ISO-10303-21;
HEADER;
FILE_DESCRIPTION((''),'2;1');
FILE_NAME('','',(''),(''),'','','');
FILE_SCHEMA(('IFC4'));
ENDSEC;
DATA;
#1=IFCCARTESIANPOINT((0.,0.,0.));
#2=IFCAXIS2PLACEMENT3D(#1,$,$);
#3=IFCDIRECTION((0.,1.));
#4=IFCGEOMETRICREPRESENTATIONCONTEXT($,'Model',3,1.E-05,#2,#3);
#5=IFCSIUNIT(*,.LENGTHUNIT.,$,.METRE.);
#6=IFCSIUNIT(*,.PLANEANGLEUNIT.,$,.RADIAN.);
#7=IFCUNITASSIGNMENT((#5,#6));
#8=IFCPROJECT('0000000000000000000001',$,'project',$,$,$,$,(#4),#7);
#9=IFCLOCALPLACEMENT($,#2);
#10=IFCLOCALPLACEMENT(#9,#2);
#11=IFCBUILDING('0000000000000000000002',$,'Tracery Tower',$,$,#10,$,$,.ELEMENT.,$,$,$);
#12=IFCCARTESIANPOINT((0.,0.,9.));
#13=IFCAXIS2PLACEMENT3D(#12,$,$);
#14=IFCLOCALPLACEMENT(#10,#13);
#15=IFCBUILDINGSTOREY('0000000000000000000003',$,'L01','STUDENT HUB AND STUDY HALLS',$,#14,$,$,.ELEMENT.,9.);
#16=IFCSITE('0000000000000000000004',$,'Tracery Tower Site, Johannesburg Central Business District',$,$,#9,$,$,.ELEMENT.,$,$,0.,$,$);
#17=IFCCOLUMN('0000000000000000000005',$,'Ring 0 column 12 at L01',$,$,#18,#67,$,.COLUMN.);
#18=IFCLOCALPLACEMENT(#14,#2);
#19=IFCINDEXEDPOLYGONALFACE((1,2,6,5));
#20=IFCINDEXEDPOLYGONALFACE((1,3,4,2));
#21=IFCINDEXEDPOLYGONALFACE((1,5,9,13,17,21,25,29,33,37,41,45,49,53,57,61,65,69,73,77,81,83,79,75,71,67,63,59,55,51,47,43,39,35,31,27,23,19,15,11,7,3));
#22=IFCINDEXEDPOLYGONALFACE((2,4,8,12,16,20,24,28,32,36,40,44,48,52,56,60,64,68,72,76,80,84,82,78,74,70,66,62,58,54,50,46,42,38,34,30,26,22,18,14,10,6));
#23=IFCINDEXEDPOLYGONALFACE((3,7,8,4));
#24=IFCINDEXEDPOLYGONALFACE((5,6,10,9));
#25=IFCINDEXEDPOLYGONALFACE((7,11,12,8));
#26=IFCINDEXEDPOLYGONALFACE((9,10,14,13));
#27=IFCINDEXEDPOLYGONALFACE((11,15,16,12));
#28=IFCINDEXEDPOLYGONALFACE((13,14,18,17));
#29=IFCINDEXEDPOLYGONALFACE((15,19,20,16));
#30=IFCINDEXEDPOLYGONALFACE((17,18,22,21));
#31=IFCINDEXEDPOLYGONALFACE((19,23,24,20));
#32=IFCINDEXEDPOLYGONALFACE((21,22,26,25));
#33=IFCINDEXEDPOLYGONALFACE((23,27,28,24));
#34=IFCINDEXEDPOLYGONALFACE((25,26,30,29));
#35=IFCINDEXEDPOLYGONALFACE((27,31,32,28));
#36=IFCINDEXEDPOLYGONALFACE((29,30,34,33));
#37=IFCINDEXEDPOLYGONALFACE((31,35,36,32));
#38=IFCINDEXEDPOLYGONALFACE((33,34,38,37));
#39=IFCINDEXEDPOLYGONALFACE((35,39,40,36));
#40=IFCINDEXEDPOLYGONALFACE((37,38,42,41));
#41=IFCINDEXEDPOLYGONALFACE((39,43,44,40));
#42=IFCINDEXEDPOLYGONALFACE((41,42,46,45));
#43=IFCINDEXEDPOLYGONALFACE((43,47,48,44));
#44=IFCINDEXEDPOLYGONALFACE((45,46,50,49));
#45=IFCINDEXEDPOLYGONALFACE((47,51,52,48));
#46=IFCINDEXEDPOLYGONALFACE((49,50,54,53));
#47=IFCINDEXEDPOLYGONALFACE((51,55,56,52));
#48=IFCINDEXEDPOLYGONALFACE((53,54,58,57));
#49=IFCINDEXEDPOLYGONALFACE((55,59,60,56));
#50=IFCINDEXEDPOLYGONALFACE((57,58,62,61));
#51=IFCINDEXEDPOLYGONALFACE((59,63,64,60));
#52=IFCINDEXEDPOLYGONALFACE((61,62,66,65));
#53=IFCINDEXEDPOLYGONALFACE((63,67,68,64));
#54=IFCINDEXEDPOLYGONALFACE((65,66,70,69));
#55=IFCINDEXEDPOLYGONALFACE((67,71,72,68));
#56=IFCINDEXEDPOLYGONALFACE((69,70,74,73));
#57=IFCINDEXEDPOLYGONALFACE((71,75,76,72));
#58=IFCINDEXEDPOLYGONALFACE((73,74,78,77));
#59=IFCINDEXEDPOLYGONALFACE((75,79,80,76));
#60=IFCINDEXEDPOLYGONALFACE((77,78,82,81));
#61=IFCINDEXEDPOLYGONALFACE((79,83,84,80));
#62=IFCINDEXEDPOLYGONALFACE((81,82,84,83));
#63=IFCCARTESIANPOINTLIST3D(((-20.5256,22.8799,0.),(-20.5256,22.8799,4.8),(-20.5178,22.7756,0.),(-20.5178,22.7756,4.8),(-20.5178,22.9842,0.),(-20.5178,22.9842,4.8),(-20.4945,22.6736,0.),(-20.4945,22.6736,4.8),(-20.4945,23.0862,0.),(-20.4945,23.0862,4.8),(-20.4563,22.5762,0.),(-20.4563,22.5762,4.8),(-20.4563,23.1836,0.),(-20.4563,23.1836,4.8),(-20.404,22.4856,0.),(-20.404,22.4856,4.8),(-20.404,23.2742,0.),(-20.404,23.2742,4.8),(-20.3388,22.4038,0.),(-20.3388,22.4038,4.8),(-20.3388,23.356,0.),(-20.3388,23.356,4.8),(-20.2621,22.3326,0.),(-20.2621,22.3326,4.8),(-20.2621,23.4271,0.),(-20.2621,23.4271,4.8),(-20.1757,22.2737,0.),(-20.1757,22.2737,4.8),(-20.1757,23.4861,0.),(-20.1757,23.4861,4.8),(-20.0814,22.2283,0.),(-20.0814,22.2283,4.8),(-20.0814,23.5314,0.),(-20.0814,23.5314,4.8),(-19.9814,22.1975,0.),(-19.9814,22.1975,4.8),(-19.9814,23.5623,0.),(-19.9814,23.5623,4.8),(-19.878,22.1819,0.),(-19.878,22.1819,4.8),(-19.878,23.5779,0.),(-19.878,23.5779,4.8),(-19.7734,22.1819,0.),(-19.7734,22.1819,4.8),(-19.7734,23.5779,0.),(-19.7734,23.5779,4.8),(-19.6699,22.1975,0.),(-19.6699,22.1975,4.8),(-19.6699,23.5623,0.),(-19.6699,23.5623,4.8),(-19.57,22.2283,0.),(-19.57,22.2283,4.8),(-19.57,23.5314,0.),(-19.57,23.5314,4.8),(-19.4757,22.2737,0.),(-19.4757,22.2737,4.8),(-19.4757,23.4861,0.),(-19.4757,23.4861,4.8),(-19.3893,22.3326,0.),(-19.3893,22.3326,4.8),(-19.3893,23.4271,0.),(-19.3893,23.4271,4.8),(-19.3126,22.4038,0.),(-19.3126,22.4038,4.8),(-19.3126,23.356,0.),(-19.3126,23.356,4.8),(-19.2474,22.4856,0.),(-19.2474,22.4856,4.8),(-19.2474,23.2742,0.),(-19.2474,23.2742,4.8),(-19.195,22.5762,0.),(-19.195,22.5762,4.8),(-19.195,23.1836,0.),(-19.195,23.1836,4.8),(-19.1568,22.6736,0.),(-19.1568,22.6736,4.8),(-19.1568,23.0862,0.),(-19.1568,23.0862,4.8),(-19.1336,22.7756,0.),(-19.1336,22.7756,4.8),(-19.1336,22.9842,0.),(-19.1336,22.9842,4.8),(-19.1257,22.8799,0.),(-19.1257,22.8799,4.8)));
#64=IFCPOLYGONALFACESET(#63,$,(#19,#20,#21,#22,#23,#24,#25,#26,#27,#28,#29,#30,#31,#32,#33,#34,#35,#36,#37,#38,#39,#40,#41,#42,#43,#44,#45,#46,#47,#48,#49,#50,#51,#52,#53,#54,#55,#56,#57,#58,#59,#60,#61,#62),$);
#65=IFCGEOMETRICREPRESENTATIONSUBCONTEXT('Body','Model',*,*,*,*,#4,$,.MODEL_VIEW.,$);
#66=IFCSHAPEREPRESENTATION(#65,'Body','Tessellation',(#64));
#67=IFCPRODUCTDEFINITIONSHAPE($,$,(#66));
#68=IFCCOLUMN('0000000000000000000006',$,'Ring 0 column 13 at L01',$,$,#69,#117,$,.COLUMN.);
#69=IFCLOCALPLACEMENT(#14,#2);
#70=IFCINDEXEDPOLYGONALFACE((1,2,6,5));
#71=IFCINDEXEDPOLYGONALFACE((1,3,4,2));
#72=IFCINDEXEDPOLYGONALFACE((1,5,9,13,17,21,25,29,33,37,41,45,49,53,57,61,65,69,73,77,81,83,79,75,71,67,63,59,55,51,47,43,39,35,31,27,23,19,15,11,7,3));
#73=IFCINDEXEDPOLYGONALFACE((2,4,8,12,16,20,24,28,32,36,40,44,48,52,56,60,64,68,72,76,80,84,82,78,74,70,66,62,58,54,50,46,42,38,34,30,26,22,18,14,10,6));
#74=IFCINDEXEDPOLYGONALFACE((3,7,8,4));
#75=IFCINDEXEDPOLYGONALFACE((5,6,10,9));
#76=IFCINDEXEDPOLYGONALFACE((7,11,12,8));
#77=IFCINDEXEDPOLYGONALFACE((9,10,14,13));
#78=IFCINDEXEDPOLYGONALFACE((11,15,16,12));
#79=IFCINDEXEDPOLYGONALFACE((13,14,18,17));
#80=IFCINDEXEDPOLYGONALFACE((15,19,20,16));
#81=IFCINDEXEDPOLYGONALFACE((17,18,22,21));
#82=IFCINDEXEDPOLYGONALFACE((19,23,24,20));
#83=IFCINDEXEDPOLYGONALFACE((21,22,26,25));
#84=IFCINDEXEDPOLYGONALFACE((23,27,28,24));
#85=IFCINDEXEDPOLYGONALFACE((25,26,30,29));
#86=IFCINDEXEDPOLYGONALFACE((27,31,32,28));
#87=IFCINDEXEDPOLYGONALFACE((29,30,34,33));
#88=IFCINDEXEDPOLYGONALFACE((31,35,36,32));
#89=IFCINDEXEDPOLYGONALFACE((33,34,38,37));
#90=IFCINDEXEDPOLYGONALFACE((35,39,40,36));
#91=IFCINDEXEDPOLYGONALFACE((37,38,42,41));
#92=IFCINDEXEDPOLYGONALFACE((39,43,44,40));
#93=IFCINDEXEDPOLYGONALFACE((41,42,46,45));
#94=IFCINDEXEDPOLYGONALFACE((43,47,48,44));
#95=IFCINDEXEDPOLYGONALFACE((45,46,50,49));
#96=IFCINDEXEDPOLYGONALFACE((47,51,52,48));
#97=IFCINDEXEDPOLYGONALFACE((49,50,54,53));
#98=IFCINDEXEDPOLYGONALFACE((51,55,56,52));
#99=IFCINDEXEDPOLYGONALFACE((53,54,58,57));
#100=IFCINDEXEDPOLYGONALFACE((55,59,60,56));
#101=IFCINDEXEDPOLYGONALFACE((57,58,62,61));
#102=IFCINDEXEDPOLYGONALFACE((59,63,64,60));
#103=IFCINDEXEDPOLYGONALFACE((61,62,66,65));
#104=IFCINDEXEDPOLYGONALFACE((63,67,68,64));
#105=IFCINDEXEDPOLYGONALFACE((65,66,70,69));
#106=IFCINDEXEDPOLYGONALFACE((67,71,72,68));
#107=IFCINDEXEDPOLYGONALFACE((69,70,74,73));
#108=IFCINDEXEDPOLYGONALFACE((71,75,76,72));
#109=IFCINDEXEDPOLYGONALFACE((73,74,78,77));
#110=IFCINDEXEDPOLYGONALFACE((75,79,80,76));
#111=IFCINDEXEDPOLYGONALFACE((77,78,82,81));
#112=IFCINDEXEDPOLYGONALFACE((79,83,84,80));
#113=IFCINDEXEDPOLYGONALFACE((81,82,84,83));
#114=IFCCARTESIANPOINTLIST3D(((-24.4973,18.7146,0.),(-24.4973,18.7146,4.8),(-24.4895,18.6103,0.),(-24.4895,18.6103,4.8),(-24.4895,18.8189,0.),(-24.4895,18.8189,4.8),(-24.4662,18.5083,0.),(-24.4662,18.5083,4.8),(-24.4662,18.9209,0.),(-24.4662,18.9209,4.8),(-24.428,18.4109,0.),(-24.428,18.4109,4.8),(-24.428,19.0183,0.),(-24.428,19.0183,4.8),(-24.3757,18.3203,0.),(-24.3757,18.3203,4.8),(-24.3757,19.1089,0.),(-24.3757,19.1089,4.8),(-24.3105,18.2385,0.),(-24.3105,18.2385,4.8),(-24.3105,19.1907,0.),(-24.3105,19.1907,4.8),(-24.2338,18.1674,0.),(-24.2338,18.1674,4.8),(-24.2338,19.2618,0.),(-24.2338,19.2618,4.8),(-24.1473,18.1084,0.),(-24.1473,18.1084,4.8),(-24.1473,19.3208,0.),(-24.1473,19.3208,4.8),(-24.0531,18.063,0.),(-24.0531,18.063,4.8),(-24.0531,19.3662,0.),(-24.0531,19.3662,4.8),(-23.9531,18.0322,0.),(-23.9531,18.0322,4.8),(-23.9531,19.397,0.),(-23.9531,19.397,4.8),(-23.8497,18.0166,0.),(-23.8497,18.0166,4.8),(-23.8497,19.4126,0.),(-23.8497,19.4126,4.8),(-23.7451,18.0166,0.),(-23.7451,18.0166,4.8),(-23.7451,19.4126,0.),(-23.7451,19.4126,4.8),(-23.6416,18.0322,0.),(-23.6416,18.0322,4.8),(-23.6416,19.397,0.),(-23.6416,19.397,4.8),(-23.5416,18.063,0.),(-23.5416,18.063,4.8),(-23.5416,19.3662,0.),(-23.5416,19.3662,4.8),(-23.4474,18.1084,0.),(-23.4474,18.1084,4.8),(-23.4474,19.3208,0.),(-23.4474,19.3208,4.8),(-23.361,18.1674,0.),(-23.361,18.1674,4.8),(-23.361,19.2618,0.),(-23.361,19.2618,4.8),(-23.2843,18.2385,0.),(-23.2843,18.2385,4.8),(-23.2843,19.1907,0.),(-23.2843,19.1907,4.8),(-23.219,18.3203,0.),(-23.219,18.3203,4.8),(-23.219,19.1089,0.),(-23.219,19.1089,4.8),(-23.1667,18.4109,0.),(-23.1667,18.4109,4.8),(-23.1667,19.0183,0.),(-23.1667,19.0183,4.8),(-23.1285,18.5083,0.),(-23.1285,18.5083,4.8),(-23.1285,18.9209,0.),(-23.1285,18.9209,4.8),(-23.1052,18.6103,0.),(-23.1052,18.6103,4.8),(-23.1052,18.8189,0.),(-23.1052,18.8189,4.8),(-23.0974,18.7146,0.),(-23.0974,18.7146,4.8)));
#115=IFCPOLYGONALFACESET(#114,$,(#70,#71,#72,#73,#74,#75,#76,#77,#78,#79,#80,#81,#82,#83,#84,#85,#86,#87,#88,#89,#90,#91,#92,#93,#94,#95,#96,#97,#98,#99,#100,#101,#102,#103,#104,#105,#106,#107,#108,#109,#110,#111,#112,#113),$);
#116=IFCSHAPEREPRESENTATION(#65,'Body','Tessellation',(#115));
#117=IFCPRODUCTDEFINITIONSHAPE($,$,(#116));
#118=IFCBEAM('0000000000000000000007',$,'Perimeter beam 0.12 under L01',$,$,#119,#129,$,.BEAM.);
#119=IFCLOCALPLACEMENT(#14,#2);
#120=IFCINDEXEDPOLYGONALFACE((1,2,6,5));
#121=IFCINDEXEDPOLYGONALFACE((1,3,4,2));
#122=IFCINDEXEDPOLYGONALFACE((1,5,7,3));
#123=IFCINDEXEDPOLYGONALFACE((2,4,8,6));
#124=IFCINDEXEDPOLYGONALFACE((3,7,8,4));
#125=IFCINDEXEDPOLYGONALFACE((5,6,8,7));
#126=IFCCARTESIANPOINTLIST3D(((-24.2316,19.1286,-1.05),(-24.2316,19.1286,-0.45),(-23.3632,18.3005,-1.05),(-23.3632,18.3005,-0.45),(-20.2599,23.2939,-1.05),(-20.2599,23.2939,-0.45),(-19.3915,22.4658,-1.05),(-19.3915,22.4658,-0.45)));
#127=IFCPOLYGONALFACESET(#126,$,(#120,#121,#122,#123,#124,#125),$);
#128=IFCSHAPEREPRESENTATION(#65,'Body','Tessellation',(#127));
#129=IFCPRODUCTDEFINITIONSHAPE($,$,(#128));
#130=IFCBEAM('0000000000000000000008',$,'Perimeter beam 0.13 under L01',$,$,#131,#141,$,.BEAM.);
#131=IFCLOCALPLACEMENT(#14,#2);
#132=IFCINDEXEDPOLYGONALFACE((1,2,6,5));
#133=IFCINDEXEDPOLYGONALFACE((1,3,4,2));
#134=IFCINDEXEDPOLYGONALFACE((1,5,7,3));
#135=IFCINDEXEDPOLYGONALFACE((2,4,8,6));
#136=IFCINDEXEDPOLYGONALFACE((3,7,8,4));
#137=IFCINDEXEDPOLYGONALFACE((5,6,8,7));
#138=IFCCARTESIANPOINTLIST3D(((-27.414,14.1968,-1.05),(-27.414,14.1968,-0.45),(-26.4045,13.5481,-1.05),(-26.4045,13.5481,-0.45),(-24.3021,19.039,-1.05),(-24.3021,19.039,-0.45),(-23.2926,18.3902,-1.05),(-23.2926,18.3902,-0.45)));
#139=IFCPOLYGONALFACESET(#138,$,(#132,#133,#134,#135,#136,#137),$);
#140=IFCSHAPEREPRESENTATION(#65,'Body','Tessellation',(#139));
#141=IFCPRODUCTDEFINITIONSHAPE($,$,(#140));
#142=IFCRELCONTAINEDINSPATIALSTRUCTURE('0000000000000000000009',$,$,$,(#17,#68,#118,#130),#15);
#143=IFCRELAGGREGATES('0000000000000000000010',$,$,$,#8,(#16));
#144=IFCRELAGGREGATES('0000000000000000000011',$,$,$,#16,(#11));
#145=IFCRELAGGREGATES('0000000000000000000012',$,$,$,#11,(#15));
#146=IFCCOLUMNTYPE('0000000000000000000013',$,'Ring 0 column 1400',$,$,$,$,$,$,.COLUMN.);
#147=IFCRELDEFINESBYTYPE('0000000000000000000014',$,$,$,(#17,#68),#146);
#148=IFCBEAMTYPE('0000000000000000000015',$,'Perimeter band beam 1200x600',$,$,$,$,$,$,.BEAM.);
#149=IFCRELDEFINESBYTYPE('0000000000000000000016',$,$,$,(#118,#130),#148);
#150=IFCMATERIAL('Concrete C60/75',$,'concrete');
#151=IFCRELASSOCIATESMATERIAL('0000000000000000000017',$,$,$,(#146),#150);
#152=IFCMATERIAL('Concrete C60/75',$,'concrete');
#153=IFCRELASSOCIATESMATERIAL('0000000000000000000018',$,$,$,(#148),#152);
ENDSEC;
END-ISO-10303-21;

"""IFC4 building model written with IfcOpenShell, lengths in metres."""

from ifc_helpers import new_model, si_unit, direction, frame, origin, origin_2d, place, context, subcontext, project, spatial, rectangle, circle, extrude, material, material_profile, profile_set, type_object, element, save


model = new_model("IFC4")

# Units and contexts
model_context = context("Model", 3, precision=1e-05, world=origin(), true_north=direction((0.0, 1.0)))
body_context = subcontext(model_context, "Body", "Model", "MODEL_VIEW")
ifc_project = project(units=[si_unit("LENGTHUNIT", "METRE"), si_unit("PLANEANGLEUNIT", "RADIAN")], contexts=[model_context])

# Site, building, storey
site_placement = place(None, origin())
site = spatial("IfcSite", under=ifc_project, at=site_placement, Name="Tracery Tower Site, Johannesburg Central Business District", CompositionType="ELEMENT", RefElevation=0.0)
building_placement = place(site_placement, origin())
building = spatial("IfcBuilding", under=site, at=building_placement, Name="Tracery Tower", CompositionType="ELEMENT")
storey_placement = place(building_placement, frame((0.0, 0.0, 9.0)))
storey = spatial("IfcBuildingStorey", under=building, at=storey_placement, Name="L01", Description="STUDENT HUB AND STUDY HALLS", CompositionType="ELEMENT", Elevation=9.0)

# Columns
ifc_material_1 = material(Name="Concrete C60/75", Category="concrete")
ifc_material_profile_1 = material_profile(ifc_material_1, circle(Radius=0.7, at=origin_2d()), Name="RC D1400")
ifc_profile_set_1 = profile_set([ifc_material_profile_1], Name="Concrete C60/75")
column_type = type_object("IfcColumnType", Name="Ring 0 column 1400", PredefinedType="COLUMN", material=ifc_profile_set_1)
for number, where, z_axis, x_axis, name in (
    (1, (-19.8257, 22.8799, 0.0), (0.0, 0.0, 1.0), (1.0, 0.0, 0.0), "Ring 0 column 12 at L01"),
    (2, (-23.7974, 18.7146, 0.0), (0.0, 0.0, 1.0), (1.0, 0.0, 0.0), "Ring 0 column 13 at L01"),
):
    element("IfcColumn", number, at=place(storey_placement, frame(where, z_axis=z_axis, x_axis=x_axis)), inside=storey, type_object=column_type, Name=name, PredefinedType="COLUMN", context=body_context, shape_type="SweptSolid", body=[
        extrude(circle(Radius=0.7, at=origin_2d()), origin(), (0.0, 0.0, 1.0), 4.8),
    ])

# Beams
ifc_material_2 = material(Name="Concrete C60/75", Category="concrete")
ifc_material_profile_2 = material_profile(ifc_material_2, rectangle(XDim=1.2, YDim=0.6001, at=origin_2d()), Name="RC 1200x600")
ifc_profile_set_2 = profile_set([ifc_material_profile_2], Name="Concrete C60/75")
beam_type = type_object("IfcBeamType", Name="Perimeter band beam 1200x600", PredefinedType="BEAM", material=ifc_profile_set_2)
beam_1_placement = place(storey_placement, frame((-19.8257, 22.8799, -0.75), z_axis=(-0.690087, -0.723726, 0.0), x_axis=(0.723726, -0.690087, 0.0)))
element("IfcBeam", 3, at=beam_1_placement, inside=storey, type_object=beam_type, Name="Perimeter beam 0.12 under L01", PredefinedType="BEAM", context=body_context, shape_type="SweptSolid", body=[
    extrude(rectangle(XDim=1.2, YDim=0.6001, at=origin_2d()), origin(), (0.0, 0.0, 1.0), 5.7554),
])
beam_2_placement = place(storey_placement, frame((-23.7974, 18.7146, -0.75), z_axis=(-0.540644, -0.841252, 0.0), x_axis=(0.841252, -0.540644, 0.0)))
element("IfcBeam", 4, at=beam_2_placement, inside=storey, type_object=beam_type, Name="Perimeter beam 0.13 under L01", PredefinedType="BEAM", context=body_context, shape_type="SweptSolid", body=[
    extrude(rectangle(XDim=1.2, YDim=0.6001, at=origin_2d()), origin(), (0.0, 0.0, 1.0), 5.7559),
])

save(model, "model.ifc")
